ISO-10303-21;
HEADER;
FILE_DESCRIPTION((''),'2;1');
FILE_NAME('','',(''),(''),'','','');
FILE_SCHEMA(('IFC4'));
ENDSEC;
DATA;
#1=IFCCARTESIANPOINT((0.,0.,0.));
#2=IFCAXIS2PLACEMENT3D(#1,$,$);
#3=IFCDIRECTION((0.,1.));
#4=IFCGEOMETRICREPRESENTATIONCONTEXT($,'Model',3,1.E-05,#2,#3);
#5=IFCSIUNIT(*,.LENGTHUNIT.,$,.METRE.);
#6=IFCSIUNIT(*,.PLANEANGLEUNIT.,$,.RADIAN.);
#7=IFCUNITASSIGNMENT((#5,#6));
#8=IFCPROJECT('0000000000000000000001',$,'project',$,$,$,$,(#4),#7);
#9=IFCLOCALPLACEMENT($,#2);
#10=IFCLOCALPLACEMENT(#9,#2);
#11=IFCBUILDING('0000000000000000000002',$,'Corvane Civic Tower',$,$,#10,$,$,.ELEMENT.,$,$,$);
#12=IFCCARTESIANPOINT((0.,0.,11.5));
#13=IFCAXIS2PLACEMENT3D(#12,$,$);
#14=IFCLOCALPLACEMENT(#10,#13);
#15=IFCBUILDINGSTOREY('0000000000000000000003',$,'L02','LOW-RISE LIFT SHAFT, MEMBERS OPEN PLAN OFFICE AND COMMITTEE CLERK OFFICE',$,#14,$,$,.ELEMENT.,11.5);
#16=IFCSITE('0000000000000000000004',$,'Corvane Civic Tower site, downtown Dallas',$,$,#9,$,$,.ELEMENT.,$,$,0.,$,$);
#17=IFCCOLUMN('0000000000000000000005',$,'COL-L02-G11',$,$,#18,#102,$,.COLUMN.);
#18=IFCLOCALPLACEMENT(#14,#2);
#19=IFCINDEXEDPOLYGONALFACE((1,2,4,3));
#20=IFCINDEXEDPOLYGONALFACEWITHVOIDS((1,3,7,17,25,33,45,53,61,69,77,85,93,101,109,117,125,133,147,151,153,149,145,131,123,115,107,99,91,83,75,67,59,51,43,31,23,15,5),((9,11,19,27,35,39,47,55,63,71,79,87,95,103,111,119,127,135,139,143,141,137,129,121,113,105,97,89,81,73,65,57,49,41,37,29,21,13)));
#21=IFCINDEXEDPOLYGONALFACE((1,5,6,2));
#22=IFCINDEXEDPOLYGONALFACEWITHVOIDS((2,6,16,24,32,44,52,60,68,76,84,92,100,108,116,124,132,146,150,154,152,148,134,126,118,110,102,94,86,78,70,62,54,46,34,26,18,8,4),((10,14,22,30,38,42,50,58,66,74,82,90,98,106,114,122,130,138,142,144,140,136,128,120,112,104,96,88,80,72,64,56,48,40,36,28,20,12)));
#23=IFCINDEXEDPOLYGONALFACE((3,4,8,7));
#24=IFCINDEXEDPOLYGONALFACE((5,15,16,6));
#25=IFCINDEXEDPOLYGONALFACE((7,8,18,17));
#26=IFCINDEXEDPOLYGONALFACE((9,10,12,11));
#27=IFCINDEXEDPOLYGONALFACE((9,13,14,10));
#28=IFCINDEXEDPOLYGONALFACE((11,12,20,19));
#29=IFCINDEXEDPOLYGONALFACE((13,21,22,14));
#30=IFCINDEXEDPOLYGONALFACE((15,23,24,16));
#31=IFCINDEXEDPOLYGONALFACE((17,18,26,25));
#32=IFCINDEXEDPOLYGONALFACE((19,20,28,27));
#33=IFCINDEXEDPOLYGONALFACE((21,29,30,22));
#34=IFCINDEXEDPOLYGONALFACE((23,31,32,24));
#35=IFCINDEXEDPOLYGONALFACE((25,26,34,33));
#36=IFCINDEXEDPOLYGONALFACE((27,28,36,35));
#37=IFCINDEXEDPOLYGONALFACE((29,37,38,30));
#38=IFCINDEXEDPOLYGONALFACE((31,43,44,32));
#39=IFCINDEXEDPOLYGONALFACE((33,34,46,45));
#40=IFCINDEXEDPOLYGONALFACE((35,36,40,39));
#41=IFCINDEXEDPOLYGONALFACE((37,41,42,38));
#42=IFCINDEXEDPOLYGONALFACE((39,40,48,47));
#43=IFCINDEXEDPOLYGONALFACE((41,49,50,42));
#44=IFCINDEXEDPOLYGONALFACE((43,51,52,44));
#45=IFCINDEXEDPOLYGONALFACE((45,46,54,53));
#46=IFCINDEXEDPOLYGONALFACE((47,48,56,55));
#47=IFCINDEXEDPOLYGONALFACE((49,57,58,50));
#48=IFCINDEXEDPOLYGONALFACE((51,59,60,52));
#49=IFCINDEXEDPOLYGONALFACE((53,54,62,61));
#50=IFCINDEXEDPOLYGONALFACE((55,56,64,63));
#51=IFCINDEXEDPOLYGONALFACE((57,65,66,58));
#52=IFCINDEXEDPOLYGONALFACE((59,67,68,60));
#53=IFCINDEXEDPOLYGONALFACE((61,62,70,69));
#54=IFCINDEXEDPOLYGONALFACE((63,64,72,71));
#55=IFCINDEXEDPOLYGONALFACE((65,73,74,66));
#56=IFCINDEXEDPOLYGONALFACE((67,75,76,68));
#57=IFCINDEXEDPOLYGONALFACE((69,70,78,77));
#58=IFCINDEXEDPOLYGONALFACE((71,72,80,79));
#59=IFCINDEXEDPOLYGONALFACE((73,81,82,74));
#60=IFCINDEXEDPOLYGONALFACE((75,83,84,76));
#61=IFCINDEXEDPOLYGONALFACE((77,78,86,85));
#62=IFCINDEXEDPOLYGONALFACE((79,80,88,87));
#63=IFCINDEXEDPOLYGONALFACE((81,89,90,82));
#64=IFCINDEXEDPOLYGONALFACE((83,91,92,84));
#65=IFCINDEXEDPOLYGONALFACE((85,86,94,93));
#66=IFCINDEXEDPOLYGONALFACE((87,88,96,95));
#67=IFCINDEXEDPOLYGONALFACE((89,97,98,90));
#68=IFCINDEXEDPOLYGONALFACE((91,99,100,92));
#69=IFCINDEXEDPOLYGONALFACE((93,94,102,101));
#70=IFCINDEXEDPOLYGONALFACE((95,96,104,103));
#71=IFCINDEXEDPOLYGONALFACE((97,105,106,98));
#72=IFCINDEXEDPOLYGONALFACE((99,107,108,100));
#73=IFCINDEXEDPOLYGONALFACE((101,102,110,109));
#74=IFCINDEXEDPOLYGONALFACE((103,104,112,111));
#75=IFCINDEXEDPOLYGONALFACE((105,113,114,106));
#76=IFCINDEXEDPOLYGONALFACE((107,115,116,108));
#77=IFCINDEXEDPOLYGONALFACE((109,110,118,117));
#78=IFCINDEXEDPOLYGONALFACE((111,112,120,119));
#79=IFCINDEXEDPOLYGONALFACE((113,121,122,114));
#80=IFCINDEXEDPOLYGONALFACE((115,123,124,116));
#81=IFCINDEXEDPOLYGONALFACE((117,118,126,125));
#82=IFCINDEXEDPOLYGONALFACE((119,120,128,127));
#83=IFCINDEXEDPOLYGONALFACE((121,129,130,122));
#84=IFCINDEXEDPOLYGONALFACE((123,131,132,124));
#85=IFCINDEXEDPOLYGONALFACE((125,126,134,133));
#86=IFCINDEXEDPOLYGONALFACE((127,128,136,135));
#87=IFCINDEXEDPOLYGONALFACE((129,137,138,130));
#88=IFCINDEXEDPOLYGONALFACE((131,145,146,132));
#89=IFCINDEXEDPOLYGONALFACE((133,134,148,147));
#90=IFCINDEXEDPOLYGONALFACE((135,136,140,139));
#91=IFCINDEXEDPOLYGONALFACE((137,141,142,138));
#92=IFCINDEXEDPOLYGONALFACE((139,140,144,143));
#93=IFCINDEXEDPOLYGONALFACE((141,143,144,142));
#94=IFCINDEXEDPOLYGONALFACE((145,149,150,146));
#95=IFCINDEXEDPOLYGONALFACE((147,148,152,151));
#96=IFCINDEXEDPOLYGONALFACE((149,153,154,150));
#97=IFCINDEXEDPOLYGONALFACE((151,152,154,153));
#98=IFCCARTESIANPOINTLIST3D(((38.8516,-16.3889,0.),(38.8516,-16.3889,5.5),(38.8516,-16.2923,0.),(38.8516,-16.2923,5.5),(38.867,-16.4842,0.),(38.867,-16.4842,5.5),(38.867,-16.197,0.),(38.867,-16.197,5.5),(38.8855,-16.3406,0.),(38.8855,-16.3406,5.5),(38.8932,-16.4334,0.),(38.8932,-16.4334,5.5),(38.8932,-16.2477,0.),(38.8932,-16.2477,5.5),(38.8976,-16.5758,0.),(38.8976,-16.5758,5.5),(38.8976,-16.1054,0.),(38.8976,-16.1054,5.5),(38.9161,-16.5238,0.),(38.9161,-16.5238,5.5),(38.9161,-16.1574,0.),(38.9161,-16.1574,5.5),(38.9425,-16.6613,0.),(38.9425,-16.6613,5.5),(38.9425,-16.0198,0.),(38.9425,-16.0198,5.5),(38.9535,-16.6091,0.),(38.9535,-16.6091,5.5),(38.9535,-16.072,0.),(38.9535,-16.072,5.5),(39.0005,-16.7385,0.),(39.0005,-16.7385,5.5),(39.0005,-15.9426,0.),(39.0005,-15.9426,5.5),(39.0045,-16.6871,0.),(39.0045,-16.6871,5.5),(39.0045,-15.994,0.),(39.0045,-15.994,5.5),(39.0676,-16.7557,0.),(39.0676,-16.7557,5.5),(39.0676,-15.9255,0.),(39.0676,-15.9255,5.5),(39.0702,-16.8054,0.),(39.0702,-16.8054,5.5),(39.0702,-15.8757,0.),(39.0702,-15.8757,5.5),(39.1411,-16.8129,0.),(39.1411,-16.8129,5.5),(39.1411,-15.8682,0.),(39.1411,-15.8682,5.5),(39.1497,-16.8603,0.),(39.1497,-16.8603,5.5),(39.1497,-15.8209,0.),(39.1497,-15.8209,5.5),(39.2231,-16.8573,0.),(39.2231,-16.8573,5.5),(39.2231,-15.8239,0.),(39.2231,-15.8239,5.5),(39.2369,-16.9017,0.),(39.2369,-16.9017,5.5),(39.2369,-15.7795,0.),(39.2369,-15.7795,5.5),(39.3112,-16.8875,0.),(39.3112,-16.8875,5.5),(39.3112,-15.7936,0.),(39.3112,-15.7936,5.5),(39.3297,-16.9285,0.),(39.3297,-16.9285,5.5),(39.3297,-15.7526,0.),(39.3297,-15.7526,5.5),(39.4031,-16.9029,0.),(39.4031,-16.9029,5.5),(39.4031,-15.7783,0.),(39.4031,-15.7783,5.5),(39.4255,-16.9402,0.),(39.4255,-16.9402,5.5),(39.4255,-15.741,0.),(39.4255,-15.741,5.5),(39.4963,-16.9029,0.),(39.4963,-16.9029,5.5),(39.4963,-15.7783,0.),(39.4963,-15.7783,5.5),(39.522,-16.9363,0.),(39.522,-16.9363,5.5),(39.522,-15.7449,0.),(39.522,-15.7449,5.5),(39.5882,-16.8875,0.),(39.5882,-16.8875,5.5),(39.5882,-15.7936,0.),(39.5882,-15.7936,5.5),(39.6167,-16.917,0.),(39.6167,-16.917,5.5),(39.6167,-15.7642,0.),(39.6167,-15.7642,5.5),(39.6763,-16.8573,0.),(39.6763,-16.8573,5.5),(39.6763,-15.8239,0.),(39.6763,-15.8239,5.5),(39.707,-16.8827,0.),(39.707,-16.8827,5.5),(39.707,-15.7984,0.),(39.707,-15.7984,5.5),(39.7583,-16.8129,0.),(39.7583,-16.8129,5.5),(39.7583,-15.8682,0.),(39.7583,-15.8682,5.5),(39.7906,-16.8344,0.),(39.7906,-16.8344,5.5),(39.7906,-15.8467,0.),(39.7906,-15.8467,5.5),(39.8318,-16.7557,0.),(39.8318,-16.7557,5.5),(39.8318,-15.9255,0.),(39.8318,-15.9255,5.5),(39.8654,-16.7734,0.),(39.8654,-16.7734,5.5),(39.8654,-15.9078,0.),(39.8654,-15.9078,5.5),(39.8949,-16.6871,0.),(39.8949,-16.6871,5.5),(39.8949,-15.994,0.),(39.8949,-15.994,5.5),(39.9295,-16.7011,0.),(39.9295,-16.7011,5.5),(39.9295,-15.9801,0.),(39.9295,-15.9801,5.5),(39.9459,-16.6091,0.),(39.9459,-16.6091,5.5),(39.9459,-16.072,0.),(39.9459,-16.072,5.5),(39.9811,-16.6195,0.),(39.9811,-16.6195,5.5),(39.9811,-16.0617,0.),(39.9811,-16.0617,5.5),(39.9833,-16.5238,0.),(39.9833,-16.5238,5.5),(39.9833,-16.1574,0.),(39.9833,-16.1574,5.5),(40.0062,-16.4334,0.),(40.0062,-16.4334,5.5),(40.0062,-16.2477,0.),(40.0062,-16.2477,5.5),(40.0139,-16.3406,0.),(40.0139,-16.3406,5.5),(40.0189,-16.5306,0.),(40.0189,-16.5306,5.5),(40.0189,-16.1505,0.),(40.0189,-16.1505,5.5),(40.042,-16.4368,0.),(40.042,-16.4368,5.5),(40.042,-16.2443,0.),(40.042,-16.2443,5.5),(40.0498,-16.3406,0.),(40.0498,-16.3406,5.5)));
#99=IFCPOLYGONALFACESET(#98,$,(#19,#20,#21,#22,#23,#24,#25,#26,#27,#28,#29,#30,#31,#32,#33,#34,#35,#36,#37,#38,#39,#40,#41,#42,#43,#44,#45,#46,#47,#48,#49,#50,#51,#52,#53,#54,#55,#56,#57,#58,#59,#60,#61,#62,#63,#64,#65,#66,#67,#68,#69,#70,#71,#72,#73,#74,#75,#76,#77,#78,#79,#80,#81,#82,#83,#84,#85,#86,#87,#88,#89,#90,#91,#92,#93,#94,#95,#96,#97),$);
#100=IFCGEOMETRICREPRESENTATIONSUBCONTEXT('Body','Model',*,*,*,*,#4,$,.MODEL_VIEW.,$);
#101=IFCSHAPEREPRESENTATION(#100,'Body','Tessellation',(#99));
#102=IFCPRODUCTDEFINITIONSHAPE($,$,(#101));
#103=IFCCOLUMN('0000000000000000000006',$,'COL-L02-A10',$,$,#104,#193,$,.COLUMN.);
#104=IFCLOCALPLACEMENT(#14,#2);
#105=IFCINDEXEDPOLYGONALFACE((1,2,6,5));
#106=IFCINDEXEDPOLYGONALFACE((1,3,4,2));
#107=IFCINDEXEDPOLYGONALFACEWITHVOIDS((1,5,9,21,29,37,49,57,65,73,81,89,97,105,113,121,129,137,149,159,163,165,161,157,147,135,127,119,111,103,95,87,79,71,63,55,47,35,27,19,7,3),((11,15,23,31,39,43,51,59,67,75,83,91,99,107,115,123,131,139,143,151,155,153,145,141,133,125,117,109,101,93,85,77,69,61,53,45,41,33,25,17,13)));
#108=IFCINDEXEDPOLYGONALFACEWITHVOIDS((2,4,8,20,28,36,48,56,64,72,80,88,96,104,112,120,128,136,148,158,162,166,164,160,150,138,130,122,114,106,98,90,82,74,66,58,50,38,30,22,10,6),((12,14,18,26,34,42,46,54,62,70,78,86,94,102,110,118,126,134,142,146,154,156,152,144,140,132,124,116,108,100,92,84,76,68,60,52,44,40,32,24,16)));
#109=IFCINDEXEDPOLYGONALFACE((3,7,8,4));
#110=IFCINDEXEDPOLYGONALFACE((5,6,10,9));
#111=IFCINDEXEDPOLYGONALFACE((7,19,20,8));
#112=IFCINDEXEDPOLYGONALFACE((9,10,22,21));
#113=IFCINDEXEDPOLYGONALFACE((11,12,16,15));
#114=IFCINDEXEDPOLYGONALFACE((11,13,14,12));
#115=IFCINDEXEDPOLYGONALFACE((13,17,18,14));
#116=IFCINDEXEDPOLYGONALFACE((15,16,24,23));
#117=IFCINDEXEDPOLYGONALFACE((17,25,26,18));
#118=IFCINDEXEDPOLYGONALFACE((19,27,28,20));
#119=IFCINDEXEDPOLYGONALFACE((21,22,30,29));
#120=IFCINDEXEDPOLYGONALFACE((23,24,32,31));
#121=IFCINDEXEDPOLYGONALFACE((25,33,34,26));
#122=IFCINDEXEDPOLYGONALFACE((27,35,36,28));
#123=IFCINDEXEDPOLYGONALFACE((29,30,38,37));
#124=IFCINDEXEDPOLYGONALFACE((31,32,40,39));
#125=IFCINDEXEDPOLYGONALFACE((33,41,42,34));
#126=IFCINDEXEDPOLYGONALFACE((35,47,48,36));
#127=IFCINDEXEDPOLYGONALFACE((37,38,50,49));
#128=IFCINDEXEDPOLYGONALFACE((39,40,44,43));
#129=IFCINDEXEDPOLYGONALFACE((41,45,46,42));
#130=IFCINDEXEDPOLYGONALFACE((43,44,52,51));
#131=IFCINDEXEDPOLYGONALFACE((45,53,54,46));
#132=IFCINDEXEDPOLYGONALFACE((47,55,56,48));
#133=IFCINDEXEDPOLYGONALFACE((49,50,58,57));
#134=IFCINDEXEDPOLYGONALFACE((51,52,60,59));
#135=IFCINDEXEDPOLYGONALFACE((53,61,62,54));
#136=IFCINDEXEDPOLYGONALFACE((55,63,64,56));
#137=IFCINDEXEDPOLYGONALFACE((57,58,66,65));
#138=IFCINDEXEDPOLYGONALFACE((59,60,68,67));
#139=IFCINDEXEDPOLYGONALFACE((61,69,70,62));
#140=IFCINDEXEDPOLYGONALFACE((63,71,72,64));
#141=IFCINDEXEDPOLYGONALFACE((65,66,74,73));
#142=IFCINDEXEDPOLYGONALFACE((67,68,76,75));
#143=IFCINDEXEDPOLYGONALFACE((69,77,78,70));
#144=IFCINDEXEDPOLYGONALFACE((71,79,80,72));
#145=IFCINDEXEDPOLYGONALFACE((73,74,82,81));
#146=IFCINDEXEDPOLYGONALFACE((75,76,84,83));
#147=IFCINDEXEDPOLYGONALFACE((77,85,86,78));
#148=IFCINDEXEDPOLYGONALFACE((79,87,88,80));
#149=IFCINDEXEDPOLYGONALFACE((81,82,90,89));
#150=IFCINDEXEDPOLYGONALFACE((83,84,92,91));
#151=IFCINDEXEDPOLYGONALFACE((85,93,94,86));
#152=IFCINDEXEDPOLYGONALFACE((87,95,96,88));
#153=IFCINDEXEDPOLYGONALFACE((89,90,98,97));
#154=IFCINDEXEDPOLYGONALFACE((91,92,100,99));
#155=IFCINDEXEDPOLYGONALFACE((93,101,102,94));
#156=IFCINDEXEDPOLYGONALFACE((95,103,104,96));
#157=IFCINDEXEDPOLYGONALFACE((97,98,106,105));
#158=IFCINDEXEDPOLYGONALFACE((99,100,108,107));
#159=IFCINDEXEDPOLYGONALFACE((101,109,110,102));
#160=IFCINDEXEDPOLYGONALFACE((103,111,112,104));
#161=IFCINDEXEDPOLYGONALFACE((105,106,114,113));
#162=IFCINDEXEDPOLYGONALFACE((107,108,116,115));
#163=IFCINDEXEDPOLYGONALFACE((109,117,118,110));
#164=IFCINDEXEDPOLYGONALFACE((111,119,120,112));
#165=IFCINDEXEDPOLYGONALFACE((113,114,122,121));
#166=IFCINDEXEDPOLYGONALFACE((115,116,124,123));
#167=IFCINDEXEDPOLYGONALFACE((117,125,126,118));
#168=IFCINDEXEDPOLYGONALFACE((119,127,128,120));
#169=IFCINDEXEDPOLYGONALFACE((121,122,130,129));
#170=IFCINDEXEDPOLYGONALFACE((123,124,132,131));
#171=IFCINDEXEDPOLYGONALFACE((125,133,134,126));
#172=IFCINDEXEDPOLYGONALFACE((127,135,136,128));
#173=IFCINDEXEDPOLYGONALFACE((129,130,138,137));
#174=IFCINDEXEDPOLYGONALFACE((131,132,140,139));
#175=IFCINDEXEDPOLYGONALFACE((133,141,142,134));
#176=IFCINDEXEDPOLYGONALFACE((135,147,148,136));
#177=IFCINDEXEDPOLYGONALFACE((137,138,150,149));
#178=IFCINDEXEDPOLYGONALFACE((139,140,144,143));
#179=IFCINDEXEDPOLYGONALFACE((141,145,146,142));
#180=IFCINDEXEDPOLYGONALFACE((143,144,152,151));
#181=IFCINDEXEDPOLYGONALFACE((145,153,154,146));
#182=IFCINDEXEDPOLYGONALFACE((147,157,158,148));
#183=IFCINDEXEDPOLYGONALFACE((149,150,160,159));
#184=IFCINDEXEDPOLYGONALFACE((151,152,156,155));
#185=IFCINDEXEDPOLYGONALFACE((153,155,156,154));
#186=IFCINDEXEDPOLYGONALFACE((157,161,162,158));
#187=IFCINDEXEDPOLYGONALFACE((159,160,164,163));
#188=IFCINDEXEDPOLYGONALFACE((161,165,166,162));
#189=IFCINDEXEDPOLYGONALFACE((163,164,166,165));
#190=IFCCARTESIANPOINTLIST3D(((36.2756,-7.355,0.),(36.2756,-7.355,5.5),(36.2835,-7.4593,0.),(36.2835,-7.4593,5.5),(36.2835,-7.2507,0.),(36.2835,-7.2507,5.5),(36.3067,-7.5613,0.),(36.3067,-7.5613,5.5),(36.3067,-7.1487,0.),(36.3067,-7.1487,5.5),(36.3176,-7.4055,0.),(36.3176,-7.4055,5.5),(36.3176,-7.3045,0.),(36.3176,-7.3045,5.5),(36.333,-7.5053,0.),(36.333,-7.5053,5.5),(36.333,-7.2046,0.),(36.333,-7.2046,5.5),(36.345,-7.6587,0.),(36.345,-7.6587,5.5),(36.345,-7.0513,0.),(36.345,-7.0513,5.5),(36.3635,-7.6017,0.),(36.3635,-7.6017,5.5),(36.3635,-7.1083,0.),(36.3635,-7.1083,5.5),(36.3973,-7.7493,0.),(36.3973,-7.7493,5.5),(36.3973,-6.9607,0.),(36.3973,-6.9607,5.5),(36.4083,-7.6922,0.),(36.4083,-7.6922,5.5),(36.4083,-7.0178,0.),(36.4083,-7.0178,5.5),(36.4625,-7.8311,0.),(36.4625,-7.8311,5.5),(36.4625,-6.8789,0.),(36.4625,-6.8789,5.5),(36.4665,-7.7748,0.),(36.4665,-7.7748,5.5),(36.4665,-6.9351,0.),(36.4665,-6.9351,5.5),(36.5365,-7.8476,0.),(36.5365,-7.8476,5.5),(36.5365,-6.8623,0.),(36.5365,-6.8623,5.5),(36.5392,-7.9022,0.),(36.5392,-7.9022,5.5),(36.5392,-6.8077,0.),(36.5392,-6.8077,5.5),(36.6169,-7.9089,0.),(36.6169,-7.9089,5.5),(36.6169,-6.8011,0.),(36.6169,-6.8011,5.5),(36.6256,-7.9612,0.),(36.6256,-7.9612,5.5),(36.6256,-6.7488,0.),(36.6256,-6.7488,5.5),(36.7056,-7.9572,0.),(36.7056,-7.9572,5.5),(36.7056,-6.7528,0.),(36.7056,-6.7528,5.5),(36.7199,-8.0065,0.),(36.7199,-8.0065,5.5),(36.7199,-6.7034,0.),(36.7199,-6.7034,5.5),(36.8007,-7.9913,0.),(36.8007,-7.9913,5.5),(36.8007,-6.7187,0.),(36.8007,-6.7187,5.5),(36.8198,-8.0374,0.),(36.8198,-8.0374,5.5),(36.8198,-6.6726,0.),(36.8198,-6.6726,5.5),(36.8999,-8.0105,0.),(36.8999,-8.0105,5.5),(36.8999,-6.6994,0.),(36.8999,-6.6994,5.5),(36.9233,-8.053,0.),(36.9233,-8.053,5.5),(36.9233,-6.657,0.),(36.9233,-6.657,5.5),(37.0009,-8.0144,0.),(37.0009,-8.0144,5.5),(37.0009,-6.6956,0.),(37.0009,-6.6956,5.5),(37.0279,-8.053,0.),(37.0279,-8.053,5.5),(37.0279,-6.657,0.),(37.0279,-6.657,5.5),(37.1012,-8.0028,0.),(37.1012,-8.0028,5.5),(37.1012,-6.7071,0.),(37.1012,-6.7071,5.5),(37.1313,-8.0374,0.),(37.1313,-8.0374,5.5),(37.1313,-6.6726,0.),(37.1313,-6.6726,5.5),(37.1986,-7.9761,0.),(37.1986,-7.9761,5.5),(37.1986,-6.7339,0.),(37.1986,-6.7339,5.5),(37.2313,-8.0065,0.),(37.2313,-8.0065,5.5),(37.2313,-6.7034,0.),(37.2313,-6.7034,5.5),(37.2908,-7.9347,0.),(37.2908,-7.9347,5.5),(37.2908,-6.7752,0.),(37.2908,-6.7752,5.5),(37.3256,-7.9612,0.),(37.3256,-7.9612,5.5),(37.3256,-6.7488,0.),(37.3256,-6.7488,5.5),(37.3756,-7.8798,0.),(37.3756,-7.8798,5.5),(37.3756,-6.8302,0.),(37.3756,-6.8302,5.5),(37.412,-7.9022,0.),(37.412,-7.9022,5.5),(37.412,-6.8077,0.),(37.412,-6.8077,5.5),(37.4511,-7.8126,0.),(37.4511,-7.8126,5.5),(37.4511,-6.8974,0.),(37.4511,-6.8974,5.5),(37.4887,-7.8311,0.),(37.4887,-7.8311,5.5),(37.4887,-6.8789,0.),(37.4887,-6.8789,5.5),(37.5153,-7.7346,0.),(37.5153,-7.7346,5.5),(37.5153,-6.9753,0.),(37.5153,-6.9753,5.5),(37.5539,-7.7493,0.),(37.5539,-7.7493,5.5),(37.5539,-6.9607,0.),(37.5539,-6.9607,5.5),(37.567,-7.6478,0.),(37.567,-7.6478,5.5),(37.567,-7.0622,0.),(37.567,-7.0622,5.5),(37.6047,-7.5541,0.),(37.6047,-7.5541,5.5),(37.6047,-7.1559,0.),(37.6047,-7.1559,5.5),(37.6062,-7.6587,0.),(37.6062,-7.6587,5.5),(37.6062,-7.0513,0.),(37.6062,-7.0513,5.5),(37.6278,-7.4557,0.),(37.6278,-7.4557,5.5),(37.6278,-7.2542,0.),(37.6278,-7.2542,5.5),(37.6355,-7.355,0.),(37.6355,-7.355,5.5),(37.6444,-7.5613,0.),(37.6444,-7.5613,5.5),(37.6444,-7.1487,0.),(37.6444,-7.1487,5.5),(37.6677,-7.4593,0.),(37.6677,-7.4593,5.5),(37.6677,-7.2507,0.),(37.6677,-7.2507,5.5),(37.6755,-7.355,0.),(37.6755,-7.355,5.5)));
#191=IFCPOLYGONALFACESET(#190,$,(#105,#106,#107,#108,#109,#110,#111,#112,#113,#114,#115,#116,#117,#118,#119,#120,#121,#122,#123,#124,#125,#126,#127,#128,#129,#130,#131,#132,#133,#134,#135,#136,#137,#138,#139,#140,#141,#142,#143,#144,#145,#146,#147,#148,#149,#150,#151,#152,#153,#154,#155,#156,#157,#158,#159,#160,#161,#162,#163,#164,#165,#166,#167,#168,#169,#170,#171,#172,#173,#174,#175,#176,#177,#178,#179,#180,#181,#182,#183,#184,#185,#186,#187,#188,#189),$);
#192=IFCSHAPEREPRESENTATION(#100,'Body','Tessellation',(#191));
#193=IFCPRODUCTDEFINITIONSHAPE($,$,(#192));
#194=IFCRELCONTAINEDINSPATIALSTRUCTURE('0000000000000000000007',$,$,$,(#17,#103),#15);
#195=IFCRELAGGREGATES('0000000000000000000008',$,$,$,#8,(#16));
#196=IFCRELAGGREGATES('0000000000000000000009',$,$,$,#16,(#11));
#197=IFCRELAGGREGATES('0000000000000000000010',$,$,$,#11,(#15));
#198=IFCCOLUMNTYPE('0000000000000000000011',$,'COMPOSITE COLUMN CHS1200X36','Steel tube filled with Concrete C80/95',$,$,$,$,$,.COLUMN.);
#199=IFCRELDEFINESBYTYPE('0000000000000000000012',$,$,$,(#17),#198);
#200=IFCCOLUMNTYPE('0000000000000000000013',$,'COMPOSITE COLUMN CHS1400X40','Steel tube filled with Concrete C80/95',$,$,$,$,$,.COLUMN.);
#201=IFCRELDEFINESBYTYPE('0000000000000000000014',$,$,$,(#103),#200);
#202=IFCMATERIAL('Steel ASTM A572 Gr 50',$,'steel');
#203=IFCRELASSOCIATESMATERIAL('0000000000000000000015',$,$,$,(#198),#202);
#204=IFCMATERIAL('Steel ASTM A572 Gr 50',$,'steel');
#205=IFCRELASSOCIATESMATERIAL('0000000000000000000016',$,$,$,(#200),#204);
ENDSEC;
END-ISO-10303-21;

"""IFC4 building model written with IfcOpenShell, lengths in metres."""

from ifc_helpers import new_model, si_unit, direction, frame, origin, origin_2d, place, context, subcontext, project, spatial, hollow_circle, extrude, material, material_profile, profile_set, type_object, element, save


model = new_model("IFC4")

# Units and contexts
model_context = context("Model", 3, precision=1e-05, world=origin(), true_north=direction((0.0, 1.0)))
body_context = subcontext(model_context, "Body", "Model", "MODEL_VIEW")
ifc_project = project(units=[si_unit("LENGTHUNIT", "METRE"), si_unit("PLANEANGLEUNIT", "RADIAN")], contexts=[model_context])

# Site, building, storey
site_placement = place(None, origin())
site = spatial("IfcSite", under=ifc_project, at=site_placement, Name="Corvane Civic Tower site, downtown Dallas", CompositionType="ELEMENT", RefElevation=0.0)
building_placement = place(site_placement, origin())
building = spatial("IfcBuilding", under=site, at=building_placement, Name="Corvane Civic Tower", CompositionType="ELEMENT")
storey_placement = place(building_placement, frame((0.0, 0.0, 11.5)))
storey = spatial("IfcBuildingStorey", under=building, at=storey_placement, Name="L02", Description="LOW-RISE LIFT SHAFT, MEMBERS OPEN PLAN OFFICE AND COMMITTEE CLERK OFFICE", CompositionType="ELEMENT", Elevation=11.5)

# Columns
ifc_material_1 = material(Name="Steel ASTM A572 Gr 50", Category="steel")
ifc_material_profile_1 = material_profile(ifc_material_1, hollow_circle(Radius=0.6001, WallThickness=0.0359, at=origin_2d()), Name="CHS1200X36")
ifc_profile_set_1 = profile_set([ifc_material_profile_1], Name="Steel ASTM A572 Gr 50")
column_type_1 = type_object("IfcColumnType", Name="COMPOSITE COLUMN CHS1200X36", Description="Steel tube filled with Concrete C80/95", PredefinedType="COLUMN", material=ifc_profile_set_1)
column_placement = place(storey_placement, frame((39.4497, -16.3406, 0.0), z_axis=(0.0, 0.0, 1.0), x_axis=(1.0, 0.0, 0.0)))
element("IfcColumn", 1, at=column_placement, inside=storey, type_object=column_type_1, Name="COL-L02-G11", PredefinedType="COLUMN", context=body_context, shape_type="SweptSolid", body=[
    extrude(hollow_circle(Radius=0.6001, WallThickness=0.0359, at=origin_2d()), origin(), (0.0, 0.0, 1.0), 5.5),
])
ifc_material_2 = material(Name="Steel ASTM A572 Gr 50", Category="steel")
ifc_material_profile_2 = material_profile(ifc_material_2, hollow_circle(Radius=0.7, WallThickness=0.04, at=origin_2d()), Name="CHS1400X40")
ifc_profile_set_2 = profile_set([ifc_material_profile_2], Name="Steel ASTM A572 Gr 50")
column_type_2 = type_object("IfcColumnType", Name="COMPOSITE COLUMN CHS1400X40", Description="Steel tube filled with Concrete C80/95", PredefinedType="COLUMN", material=ifc_profile_set_2)
for number, where, z_axis, x_axis, name in (
    (2, (36.9756, -7.355, 0.0), (0.0, 0.0, 1.0), (1.0, 0.0, 0.0), "COL-L02-A10"),
):
    element("IfcColumn", number, at=place(storey_placement, frame(where, z_axis=z_axis, x_axis=x_axis)), inside=storey, type_object=column_type_2, Name=name, PredefinedType="COLUMN", context=body_context, shape_type="SweptSolid", body=[
        extrude(hollow_circle(Radius=0.7, WallThickness=0.04, at=origin_2d()), origin(), (0.0, 0.0, 1.0), 5.5),
    ])

save(model, "model.ifc")
